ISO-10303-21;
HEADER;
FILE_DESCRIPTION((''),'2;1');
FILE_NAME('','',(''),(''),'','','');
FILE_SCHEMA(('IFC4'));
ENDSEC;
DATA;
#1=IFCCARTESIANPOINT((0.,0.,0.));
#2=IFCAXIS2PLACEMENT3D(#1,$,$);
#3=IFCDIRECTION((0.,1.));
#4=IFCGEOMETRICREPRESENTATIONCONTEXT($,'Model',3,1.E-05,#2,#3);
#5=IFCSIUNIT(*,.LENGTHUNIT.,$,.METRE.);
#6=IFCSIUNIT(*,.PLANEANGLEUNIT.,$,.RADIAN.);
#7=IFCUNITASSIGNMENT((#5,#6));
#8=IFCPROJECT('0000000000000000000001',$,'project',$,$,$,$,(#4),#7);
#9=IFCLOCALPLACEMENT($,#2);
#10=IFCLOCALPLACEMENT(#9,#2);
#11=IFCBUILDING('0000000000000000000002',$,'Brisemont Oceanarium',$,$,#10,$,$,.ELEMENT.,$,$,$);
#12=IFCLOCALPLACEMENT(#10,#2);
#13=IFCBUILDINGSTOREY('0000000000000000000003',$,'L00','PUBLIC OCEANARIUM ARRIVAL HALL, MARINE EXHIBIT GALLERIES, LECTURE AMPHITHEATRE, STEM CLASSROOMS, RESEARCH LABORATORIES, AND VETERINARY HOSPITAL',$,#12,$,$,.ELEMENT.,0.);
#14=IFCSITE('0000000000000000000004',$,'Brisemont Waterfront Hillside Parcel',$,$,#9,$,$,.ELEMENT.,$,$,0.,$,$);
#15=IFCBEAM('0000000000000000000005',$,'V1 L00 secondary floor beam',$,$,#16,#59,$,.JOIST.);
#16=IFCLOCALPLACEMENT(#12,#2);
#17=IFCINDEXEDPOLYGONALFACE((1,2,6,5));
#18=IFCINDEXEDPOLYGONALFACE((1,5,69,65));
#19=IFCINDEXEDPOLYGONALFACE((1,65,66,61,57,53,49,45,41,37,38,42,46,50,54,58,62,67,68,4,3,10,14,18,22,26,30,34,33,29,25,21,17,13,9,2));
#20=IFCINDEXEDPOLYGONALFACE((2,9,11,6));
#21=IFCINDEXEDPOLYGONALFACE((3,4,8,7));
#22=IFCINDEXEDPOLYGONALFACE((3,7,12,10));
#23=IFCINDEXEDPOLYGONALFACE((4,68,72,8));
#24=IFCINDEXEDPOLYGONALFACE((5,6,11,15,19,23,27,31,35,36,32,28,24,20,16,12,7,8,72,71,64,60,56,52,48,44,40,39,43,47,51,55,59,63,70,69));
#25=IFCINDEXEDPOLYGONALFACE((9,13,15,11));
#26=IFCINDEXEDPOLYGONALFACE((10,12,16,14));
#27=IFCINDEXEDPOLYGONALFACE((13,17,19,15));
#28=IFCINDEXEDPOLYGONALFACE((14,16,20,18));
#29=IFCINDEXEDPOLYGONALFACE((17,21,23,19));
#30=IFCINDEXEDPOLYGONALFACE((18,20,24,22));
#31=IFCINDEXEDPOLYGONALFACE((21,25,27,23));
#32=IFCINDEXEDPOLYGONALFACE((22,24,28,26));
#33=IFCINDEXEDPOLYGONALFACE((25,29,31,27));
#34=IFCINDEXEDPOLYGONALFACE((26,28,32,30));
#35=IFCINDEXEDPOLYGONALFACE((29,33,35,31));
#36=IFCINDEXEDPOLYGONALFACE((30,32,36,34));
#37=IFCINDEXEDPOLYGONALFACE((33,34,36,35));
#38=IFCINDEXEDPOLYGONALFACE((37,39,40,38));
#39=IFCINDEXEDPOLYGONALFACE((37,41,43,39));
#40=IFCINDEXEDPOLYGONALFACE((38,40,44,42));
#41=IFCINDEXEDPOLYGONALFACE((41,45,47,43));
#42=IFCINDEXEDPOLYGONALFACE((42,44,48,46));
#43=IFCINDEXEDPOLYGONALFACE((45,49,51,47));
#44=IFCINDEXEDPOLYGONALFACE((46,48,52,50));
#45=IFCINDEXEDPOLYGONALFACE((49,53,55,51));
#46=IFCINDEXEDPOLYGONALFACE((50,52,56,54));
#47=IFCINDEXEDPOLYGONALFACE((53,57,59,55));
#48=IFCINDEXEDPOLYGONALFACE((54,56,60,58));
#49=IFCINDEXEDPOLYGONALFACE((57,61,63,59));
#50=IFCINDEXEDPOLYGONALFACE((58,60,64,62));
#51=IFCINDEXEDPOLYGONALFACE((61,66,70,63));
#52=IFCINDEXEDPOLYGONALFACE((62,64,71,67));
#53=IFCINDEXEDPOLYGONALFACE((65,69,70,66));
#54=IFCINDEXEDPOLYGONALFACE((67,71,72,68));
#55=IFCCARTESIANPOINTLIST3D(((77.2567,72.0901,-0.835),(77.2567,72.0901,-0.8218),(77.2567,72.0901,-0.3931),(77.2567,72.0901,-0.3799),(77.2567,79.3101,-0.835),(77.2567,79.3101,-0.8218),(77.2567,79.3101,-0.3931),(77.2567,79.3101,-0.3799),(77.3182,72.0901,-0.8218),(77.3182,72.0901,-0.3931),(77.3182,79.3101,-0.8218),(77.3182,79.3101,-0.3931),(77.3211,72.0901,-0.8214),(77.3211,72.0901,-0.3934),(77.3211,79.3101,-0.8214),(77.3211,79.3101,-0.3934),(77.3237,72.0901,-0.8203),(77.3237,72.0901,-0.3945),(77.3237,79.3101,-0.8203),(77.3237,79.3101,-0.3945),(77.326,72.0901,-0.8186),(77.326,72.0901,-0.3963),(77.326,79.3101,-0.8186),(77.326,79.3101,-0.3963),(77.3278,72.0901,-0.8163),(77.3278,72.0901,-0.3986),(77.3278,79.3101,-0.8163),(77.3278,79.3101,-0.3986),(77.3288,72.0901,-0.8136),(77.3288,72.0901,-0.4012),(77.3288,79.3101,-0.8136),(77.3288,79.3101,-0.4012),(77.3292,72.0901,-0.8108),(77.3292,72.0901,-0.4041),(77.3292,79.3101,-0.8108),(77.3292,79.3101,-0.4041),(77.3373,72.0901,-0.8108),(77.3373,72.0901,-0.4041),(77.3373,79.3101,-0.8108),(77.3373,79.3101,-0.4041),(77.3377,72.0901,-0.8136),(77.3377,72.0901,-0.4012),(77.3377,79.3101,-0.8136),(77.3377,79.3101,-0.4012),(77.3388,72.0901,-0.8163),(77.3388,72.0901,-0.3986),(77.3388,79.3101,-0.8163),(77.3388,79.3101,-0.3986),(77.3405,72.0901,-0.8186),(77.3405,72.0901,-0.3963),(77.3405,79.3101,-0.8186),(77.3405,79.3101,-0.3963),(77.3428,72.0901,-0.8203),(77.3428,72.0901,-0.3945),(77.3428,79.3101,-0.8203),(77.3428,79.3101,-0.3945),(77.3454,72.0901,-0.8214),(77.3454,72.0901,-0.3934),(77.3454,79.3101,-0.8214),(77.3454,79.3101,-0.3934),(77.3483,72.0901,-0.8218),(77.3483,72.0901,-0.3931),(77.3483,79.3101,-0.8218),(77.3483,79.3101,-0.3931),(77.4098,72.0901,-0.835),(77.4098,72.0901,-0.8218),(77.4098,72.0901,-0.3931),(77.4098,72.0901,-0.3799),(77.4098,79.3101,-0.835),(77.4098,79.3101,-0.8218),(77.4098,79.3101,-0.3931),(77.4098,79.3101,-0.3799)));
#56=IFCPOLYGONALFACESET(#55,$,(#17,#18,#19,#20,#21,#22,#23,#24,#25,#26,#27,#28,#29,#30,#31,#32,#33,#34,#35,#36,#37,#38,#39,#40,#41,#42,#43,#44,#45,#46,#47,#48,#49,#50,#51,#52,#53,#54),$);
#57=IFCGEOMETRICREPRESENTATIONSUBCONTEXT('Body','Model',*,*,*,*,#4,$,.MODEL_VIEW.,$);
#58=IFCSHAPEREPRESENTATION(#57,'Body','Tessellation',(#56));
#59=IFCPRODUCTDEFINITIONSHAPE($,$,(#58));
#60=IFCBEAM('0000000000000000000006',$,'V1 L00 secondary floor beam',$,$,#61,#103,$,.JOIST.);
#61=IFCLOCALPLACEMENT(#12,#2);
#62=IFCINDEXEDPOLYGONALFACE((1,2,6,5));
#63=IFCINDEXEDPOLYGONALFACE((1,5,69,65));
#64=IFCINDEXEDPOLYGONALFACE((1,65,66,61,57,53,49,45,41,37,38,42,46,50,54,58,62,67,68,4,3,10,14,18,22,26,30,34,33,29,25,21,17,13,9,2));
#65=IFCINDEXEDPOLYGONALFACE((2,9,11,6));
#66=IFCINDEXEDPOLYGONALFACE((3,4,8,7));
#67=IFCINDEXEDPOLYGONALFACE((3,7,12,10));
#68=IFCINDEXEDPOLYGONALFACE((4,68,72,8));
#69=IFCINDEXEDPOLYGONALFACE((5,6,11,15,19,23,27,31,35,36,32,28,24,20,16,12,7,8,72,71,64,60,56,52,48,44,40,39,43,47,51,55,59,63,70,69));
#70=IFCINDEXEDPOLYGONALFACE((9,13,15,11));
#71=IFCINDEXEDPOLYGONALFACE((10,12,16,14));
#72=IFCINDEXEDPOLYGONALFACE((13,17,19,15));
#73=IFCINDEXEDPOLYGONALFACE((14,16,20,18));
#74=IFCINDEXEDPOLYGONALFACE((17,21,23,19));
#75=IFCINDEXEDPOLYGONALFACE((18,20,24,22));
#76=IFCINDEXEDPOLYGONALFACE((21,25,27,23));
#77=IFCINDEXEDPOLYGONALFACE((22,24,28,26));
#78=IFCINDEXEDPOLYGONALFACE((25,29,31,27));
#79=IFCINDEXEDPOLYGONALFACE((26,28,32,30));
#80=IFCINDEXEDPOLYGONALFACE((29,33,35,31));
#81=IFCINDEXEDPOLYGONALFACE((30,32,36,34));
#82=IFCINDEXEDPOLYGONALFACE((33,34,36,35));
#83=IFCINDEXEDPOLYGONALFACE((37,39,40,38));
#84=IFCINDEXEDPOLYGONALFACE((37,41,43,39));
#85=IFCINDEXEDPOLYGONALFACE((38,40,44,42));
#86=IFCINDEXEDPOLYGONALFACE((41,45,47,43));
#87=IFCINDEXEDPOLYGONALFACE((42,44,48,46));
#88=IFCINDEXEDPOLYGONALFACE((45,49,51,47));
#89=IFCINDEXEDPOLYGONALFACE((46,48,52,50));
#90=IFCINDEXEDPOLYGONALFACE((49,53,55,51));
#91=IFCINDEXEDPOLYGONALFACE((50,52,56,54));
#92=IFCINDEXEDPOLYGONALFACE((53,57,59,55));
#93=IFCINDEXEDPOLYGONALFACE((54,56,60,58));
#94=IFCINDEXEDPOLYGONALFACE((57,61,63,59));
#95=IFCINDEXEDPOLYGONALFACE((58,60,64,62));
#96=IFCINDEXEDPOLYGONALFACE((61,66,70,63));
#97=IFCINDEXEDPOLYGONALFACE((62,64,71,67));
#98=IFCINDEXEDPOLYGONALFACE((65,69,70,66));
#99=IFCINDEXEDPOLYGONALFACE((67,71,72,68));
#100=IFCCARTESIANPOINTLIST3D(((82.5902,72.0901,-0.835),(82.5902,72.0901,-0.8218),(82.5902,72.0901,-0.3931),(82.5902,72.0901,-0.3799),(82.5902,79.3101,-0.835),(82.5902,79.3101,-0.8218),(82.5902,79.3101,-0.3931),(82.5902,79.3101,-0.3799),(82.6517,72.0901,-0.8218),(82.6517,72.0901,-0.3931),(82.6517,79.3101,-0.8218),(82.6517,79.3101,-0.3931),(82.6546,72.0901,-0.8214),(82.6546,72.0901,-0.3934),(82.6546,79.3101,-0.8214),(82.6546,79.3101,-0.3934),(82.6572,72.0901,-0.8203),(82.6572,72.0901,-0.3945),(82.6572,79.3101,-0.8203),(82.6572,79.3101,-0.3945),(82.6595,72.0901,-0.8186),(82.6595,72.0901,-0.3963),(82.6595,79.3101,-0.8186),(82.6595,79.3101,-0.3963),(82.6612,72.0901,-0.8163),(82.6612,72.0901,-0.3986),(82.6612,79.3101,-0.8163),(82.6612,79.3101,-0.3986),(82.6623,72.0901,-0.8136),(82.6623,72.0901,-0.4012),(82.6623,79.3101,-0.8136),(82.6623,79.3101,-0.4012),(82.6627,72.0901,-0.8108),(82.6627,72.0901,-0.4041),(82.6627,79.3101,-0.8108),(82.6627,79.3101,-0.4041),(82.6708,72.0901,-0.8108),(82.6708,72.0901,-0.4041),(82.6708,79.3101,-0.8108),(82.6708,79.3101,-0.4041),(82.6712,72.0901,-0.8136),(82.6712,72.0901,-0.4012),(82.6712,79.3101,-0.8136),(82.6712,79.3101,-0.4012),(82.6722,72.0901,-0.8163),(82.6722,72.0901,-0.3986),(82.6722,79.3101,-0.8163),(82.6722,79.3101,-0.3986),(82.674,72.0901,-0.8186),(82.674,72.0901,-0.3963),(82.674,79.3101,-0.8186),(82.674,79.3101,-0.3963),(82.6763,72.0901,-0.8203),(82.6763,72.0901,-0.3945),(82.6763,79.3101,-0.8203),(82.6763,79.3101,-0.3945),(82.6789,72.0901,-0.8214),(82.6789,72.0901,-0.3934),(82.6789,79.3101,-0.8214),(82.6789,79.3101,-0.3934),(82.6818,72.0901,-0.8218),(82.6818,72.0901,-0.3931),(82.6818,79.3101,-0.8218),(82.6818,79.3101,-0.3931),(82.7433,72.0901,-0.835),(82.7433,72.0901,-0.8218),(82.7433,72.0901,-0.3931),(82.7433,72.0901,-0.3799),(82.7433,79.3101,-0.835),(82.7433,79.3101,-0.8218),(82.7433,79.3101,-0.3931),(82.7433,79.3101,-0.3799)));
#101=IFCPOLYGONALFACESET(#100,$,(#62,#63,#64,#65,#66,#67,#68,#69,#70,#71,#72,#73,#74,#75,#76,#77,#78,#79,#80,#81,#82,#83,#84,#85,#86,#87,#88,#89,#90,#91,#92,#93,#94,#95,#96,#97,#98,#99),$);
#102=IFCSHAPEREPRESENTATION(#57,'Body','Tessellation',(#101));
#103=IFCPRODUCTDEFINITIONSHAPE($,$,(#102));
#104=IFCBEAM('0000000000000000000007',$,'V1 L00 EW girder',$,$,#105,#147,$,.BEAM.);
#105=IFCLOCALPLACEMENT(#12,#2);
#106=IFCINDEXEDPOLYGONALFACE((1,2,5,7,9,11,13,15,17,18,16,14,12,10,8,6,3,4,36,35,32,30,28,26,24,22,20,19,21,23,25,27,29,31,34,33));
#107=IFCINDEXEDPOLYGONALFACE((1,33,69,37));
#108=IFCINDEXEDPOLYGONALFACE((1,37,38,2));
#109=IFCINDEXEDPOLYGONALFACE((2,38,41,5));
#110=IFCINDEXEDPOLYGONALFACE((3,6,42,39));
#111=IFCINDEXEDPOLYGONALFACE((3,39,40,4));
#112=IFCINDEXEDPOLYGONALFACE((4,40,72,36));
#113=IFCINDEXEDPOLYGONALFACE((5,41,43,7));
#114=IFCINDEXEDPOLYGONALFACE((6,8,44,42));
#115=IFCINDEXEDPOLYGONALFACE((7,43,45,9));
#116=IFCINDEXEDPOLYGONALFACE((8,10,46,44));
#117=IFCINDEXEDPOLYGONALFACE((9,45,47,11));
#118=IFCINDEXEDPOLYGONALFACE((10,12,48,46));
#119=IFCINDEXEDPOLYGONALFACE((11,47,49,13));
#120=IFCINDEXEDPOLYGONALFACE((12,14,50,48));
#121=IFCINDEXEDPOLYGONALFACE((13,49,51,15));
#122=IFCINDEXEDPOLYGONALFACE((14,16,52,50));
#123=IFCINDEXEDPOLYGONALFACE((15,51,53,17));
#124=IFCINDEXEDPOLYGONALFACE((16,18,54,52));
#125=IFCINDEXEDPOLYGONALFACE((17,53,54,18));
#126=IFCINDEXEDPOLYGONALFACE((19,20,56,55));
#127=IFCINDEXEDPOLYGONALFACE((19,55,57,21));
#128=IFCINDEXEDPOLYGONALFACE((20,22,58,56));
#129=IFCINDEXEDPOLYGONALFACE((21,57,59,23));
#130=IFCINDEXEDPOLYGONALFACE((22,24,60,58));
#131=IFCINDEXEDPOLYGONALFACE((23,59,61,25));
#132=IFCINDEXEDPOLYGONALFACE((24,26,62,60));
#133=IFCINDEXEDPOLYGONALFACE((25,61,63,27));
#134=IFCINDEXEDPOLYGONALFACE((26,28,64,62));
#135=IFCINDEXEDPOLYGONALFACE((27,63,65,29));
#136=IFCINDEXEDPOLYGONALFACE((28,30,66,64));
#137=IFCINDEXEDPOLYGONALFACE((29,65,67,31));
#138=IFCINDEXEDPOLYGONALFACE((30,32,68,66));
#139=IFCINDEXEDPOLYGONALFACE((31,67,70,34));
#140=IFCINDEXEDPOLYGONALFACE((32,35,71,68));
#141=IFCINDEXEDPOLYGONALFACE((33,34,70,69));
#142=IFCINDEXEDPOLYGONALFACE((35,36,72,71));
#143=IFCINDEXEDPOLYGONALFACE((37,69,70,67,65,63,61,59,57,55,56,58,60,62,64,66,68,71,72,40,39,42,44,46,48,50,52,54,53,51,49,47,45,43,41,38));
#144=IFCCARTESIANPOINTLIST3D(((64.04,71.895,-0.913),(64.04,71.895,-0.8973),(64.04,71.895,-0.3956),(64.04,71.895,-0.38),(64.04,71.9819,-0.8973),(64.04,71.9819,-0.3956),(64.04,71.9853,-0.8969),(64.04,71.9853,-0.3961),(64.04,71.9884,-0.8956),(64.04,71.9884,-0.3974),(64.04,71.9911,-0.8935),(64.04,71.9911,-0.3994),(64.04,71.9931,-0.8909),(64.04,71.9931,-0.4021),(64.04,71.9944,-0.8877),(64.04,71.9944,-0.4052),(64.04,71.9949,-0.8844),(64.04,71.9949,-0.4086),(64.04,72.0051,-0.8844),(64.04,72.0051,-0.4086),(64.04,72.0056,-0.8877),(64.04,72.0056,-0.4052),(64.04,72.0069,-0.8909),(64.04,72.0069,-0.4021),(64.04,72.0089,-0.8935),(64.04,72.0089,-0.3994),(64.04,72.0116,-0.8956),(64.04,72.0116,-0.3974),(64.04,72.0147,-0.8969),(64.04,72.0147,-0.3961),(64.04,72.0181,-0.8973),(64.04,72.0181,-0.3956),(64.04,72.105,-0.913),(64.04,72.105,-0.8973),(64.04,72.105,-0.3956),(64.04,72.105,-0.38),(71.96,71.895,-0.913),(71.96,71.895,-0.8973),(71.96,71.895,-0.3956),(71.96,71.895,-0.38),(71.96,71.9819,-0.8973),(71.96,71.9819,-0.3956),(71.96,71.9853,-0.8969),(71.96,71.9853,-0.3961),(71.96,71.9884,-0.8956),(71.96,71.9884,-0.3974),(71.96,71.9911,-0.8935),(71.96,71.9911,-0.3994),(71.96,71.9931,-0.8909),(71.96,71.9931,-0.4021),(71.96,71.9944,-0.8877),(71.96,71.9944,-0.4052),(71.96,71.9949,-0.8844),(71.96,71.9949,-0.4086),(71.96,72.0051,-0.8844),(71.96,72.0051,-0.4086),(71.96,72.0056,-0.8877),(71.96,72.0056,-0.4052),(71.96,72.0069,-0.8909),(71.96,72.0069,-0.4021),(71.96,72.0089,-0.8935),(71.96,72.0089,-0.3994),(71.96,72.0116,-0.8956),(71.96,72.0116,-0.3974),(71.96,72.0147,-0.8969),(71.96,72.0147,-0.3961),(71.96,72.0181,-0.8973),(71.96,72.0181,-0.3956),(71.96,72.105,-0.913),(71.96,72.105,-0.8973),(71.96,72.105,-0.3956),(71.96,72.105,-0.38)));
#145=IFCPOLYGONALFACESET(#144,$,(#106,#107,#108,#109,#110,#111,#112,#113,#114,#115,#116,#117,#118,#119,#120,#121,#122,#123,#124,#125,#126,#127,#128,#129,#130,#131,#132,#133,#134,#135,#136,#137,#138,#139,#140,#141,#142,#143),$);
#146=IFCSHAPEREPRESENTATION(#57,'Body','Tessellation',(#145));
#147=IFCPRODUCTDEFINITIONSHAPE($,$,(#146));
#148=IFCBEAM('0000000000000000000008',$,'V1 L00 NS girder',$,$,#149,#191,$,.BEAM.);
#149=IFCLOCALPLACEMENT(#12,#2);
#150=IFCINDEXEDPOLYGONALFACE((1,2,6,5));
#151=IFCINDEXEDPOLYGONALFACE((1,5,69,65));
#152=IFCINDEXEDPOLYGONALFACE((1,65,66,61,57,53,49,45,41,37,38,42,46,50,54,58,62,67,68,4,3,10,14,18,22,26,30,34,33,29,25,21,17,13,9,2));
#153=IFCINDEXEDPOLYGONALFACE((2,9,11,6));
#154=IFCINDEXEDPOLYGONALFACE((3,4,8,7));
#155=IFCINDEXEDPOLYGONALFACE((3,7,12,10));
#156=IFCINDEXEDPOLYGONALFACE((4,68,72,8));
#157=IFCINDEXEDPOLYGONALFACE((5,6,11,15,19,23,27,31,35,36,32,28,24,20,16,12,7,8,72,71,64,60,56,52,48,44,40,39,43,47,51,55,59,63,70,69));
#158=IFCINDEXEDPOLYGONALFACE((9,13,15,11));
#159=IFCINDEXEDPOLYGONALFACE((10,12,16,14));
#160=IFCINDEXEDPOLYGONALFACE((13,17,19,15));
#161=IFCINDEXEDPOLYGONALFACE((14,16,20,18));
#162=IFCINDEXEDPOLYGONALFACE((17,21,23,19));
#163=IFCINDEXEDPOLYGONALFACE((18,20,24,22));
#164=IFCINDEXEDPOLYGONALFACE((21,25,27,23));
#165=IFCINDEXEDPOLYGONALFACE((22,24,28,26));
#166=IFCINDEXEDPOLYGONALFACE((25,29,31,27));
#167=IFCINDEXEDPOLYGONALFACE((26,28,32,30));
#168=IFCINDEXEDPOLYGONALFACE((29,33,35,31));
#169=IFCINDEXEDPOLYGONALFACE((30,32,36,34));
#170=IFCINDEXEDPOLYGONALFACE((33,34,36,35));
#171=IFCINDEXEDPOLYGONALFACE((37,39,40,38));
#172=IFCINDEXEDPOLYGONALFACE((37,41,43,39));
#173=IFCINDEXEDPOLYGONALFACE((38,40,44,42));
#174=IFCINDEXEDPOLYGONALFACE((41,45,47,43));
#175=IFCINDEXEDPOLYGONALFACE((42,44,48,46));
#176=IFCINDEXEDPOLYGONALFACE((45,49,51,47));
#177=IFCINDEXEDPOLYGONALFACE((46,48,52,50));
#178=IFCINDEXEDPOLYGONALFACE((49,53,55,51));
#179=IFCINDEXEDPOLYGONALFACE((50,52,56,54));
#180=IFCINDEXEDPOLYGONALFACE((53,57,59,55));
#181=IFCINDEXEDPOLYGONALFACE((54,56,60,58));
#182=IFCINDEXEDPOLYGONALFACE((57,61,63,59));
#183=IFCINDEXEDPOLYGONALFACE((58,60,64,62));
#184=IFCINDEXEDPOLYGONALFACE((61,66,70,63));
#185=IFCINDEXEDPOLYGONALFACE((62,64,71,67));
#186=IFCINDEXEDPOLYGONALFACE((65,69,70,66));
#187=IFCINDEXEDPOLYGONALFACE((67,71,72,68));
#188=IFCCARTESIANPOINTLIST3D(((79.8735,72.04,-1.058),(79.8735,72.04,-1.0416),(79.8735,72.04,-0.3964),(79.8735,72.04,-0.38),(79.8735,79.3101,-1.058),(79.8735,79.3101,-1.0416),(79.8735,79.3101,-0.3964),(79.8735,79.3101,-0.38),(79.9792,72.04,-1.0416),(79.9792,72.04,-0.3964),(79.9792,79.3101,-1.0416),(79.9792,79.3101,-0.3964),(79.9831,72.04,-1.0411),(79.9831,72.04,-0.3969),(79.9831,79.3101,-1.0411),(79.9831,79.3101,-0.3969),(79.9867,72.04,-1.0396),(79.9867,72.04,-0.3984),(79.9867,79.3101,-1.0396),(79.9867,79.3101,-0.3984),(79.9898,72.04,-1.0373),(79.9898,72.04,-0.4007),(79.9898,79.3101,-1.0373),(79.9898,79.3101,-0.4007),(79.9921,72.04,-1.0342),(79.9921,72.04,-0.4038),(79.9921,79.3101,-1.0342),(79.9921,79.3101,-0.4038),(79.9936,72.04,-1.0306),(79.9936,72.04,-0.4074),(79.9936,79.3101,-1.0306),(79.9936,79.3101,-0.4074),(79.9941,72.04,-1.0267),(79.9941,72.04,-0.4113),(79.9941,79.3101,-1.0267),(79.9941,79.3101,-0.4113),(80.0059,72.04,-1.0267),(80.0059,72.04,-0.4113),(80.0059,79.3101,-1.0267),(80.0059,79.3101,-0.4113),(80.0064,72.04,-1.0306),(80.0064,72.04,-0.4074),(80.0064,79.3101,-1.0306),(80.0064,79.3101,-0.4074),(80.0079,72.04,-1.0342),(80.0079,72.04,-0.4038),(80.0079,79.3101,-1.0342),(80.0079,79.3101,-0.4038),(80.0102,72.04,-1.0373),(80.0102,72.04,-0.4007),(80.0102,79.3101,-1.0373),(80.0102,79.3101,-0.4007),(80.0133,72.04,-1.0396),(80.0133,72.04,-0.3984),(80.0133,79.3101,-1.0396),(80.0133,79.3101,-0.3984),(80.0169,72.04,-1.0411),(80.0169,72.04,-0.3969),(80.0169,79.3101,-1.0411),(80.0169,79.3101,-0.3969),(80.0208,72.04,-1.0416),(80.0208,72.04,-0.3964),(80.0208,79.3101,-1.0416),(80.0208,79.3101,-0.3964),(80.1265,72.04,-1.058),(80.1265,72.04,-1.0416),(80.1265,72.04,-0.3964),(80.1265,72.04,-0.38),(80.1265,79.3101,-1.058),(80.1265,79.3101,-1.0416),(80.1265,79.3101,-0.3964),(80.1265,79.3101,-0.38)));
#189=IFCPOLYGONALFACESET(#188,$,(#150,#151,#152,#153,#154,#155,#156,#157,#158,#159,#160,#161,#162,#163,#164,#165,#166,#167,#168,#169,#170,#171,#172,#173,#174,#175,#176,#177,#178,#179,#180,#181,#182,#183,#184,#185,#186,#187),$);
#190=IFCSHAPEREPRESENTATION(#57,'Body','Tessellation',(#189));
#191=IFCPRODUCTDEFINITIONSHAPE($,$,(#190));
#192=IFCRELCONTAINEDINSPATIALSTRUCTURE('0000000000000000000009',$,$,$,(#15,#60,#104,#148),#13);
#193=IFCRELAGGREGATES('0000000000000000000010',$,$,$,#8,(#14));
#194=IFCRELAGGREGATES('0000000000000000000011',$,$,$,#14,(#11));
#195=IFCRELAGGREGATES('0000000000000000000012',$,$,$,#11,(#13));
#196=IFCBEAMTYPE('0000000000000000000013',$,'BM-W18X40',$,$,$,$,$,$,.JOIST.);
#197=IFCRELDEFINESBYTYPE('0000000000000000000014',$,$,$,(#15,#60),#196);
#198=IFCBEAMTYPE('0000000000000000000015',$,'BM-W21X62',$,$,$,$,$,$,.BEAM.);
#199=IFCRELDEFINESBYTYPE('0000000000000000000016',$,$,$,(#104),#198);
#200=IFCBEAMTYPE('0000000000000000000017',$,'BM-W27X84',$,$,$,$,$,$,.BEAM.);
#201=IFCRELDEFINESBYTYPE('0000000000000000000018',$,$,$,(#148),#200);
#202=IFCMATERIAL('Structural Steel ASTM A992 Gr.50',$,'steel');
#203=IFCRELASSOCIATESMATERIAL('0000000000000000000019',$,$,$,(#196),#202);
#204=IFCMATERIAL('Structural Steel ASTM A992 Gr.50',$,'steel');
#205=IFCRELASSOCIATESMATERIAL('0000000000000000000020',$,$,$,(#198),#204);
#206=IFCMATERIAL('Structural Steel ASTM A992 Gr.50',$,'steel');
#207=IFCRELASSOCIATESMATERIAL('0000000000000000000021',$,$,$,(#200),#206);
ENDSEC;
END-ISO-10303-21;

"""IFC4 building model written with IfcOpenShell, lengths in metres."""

from ifc_helpers import new_model, si_unit, direction, frame, origin, origin_2d, place, context, subcontext, project, spatial, i_section, extrude, material, material_profile, profile_set, type_object, element, save


model = new_model("IFC4")

# Units and contexts
model_context = context("Model", 3, precision=1e-05, world=origin(), true_north=direction((0.0, 1.0)))
body_context = subcontext(model_context, "Body", "Model", "MODEL_VIEW")
ifc_project = project(units=[si_unit("LENGTHUNIT", "METRE"), si_unit("PLANEANGLEUNIT", "RADIAN")], contexts=[model_context])

# Site, building, storey
site_placement = place(None, origin())
site = spatial("IfcSite", under=ifc_project, at=site_placement, Name="Brisemont Waterfront Hillside Parcel", CompositionType="ELEMENT", RefElevation=0.0)
building_placement = place(site_placement, origin())
building = spatial("IfcBuilding", under=site, at=building_placement, Name="Brisemont Oceanarium", CompositionType="ELEMENT")
storey_placement = place(building_placement, origin())
storey = spatial("IfcBuildingStorey", under=building, at=storey_placement, Name="L00", Description="PUBLIC OCEANARIUM ARRIVAL HALL, MARINE EXHIBIT GALLERIES, LECTURE AMPHITHEATRE, STEM CLASSROOMS, RESEARCH LABORATORIES, AND VETERINARY HOSPITAL", CompositionType="ELEMENT", Elevation=0.0)

# Beams
ifc_material_1 = material(Name="Structural Steel ASTM A992 Gr.50", Category="steel")
ifc_material_profile_1 = material_profile(ifc_material_1, i_section(OverallWidth=0.1531, OverallDepth=0.4551, WebThickness=0.0081, FlangeThickness=0.0132, FilletRadius=0.011, at=origin_2d()), Name="W18X40")
ifc_profile_set_1 = profile_set([ifc_material_profile_1], Name="Structural Steel ASTM A992 Gr.50")
beam_type_1 = type_object("IfcBeamType", Name="BM-W18X40", PredefinedType="JOIST", material=ifc_profile_set_1)
for number, where, z_axis, x_axis, name in (
    (1, (77.3333, 72.0901, -0.6074), (0.0, 1.0, 0.0), (-1.0, 0.0, 0.0), "V1 L00 secondary floor beam"),
    (2, (82.6667, 72.0901, -0.6074), (0.0, 1.0, 0.0), (-1.0, 0.0, 0.0), "V1 L00 secondary floor beam"),
):
    element("IfcBeam", number, at=place(storey_placement, frame(where, z_axis=z_axis, x_axis=x_axis)), inside=storey, type_object=beam_type_1, Name=name, PredefinedType="JOIST", context=body_context, shape_type="SweptSolid", body=[
        extrude(i_section(OverallWidth=0.1531, OverallDepth=0.4551, WebThickness=0.0081, FlangeThickness=0.0132, FilletRadius=0.011, at=origin_2d()), origin(), (0.0, 0.0, 1.0), 7.22),
    ])
ifc_material_2 = material(Name="Structural Steel ASTM A992 Gr.50", Category="steel")
ifc_material_profile_2 = material_profile(ifc_material_2, i_section(OverallWidth=0.21, OverallDepth=0.533, WebThickness=0.0103, FlangeThickness=0.0156, FilletRadius=0.0129, at=origin_2d()), Name="W21X62")
ifc_profile_set_2 = profile_set([ifc_material_profile_2], Name="Structural Steel ASTM A992 Gr.50")
beam_type_2 = type_object("IfcBeamType", Name="BM-W21X62", PredefinedType="BEAM", material=ifc_profile_set_2)
beam_1_placement = place(storey_placement, frame((64.04, 72.0, -0.6465), z_axis=(1.0, 0.0, 0.0), x_axis=(0.0, 1.0, 0.0)))
element("IfcBeam", 3, at=beam_1_placement, inside=storey, type_object=beam_type_2, Name="V1 L00 EW girder", PredefinedType="BEAM", context=body_context, shape_type="SweptSolid", body=[
    extrude(i_section(OverallWidth=0.21, OverallDepth=0.533, WebThickness=0.0103, FlangeThickness=0.0156, FilletRadius=0.0129, at=origin_2d()), origin(), (0.0, 0.0, 1.0), 7.9199),
])
ifc_material_3 = material(Name="Structural Steel ASTM A992 Gr.50", Category="steel")
ifc_material_profile_3 = material_profile(ifc_material_3, i_section(OverallWidth=0.2529, OverallDepth=0.678, WebThickness=0.0117, FlangeThickness=0.0164, FilletRadius=0.0149, at=origin_2d()), Name="W27X84")
ifc_profile_set_3 = profile_set([ifc_material_profile_3], Name="Structural Steel ASTM A992 Gr.50")
beam_type_3 = type_object("IfcBeamType", Name="BM-W27X84", PredefinedType="BEAM", material=ifc_profile_set_3)
beam_2_placement = place(storey_placement, frame((80.0, 72.04, -0.719), z_axis=(0.0, 1.0, 0.0), x_axis=(-1.0, 0.0, 0.0)))
element("IfcBeam", 4, at=beam_2_placement, inside=storey, type_object=beam_type_3, Name="V1 L00 NS girder", PredefinedType="BEAM", context=body_context, shape_type="SweptSolid", body=[
    extrude(i_section(OverallWidth=0.2529, OverallDepth=0.678, WebThickness=0.0117, FlangeThickness=0.0164, FilletRadius=0.0149, at=origin_2d()), origin(), (0.0, 0.0, 1.0), 7.27),
])

save(model, "model.ifc")
